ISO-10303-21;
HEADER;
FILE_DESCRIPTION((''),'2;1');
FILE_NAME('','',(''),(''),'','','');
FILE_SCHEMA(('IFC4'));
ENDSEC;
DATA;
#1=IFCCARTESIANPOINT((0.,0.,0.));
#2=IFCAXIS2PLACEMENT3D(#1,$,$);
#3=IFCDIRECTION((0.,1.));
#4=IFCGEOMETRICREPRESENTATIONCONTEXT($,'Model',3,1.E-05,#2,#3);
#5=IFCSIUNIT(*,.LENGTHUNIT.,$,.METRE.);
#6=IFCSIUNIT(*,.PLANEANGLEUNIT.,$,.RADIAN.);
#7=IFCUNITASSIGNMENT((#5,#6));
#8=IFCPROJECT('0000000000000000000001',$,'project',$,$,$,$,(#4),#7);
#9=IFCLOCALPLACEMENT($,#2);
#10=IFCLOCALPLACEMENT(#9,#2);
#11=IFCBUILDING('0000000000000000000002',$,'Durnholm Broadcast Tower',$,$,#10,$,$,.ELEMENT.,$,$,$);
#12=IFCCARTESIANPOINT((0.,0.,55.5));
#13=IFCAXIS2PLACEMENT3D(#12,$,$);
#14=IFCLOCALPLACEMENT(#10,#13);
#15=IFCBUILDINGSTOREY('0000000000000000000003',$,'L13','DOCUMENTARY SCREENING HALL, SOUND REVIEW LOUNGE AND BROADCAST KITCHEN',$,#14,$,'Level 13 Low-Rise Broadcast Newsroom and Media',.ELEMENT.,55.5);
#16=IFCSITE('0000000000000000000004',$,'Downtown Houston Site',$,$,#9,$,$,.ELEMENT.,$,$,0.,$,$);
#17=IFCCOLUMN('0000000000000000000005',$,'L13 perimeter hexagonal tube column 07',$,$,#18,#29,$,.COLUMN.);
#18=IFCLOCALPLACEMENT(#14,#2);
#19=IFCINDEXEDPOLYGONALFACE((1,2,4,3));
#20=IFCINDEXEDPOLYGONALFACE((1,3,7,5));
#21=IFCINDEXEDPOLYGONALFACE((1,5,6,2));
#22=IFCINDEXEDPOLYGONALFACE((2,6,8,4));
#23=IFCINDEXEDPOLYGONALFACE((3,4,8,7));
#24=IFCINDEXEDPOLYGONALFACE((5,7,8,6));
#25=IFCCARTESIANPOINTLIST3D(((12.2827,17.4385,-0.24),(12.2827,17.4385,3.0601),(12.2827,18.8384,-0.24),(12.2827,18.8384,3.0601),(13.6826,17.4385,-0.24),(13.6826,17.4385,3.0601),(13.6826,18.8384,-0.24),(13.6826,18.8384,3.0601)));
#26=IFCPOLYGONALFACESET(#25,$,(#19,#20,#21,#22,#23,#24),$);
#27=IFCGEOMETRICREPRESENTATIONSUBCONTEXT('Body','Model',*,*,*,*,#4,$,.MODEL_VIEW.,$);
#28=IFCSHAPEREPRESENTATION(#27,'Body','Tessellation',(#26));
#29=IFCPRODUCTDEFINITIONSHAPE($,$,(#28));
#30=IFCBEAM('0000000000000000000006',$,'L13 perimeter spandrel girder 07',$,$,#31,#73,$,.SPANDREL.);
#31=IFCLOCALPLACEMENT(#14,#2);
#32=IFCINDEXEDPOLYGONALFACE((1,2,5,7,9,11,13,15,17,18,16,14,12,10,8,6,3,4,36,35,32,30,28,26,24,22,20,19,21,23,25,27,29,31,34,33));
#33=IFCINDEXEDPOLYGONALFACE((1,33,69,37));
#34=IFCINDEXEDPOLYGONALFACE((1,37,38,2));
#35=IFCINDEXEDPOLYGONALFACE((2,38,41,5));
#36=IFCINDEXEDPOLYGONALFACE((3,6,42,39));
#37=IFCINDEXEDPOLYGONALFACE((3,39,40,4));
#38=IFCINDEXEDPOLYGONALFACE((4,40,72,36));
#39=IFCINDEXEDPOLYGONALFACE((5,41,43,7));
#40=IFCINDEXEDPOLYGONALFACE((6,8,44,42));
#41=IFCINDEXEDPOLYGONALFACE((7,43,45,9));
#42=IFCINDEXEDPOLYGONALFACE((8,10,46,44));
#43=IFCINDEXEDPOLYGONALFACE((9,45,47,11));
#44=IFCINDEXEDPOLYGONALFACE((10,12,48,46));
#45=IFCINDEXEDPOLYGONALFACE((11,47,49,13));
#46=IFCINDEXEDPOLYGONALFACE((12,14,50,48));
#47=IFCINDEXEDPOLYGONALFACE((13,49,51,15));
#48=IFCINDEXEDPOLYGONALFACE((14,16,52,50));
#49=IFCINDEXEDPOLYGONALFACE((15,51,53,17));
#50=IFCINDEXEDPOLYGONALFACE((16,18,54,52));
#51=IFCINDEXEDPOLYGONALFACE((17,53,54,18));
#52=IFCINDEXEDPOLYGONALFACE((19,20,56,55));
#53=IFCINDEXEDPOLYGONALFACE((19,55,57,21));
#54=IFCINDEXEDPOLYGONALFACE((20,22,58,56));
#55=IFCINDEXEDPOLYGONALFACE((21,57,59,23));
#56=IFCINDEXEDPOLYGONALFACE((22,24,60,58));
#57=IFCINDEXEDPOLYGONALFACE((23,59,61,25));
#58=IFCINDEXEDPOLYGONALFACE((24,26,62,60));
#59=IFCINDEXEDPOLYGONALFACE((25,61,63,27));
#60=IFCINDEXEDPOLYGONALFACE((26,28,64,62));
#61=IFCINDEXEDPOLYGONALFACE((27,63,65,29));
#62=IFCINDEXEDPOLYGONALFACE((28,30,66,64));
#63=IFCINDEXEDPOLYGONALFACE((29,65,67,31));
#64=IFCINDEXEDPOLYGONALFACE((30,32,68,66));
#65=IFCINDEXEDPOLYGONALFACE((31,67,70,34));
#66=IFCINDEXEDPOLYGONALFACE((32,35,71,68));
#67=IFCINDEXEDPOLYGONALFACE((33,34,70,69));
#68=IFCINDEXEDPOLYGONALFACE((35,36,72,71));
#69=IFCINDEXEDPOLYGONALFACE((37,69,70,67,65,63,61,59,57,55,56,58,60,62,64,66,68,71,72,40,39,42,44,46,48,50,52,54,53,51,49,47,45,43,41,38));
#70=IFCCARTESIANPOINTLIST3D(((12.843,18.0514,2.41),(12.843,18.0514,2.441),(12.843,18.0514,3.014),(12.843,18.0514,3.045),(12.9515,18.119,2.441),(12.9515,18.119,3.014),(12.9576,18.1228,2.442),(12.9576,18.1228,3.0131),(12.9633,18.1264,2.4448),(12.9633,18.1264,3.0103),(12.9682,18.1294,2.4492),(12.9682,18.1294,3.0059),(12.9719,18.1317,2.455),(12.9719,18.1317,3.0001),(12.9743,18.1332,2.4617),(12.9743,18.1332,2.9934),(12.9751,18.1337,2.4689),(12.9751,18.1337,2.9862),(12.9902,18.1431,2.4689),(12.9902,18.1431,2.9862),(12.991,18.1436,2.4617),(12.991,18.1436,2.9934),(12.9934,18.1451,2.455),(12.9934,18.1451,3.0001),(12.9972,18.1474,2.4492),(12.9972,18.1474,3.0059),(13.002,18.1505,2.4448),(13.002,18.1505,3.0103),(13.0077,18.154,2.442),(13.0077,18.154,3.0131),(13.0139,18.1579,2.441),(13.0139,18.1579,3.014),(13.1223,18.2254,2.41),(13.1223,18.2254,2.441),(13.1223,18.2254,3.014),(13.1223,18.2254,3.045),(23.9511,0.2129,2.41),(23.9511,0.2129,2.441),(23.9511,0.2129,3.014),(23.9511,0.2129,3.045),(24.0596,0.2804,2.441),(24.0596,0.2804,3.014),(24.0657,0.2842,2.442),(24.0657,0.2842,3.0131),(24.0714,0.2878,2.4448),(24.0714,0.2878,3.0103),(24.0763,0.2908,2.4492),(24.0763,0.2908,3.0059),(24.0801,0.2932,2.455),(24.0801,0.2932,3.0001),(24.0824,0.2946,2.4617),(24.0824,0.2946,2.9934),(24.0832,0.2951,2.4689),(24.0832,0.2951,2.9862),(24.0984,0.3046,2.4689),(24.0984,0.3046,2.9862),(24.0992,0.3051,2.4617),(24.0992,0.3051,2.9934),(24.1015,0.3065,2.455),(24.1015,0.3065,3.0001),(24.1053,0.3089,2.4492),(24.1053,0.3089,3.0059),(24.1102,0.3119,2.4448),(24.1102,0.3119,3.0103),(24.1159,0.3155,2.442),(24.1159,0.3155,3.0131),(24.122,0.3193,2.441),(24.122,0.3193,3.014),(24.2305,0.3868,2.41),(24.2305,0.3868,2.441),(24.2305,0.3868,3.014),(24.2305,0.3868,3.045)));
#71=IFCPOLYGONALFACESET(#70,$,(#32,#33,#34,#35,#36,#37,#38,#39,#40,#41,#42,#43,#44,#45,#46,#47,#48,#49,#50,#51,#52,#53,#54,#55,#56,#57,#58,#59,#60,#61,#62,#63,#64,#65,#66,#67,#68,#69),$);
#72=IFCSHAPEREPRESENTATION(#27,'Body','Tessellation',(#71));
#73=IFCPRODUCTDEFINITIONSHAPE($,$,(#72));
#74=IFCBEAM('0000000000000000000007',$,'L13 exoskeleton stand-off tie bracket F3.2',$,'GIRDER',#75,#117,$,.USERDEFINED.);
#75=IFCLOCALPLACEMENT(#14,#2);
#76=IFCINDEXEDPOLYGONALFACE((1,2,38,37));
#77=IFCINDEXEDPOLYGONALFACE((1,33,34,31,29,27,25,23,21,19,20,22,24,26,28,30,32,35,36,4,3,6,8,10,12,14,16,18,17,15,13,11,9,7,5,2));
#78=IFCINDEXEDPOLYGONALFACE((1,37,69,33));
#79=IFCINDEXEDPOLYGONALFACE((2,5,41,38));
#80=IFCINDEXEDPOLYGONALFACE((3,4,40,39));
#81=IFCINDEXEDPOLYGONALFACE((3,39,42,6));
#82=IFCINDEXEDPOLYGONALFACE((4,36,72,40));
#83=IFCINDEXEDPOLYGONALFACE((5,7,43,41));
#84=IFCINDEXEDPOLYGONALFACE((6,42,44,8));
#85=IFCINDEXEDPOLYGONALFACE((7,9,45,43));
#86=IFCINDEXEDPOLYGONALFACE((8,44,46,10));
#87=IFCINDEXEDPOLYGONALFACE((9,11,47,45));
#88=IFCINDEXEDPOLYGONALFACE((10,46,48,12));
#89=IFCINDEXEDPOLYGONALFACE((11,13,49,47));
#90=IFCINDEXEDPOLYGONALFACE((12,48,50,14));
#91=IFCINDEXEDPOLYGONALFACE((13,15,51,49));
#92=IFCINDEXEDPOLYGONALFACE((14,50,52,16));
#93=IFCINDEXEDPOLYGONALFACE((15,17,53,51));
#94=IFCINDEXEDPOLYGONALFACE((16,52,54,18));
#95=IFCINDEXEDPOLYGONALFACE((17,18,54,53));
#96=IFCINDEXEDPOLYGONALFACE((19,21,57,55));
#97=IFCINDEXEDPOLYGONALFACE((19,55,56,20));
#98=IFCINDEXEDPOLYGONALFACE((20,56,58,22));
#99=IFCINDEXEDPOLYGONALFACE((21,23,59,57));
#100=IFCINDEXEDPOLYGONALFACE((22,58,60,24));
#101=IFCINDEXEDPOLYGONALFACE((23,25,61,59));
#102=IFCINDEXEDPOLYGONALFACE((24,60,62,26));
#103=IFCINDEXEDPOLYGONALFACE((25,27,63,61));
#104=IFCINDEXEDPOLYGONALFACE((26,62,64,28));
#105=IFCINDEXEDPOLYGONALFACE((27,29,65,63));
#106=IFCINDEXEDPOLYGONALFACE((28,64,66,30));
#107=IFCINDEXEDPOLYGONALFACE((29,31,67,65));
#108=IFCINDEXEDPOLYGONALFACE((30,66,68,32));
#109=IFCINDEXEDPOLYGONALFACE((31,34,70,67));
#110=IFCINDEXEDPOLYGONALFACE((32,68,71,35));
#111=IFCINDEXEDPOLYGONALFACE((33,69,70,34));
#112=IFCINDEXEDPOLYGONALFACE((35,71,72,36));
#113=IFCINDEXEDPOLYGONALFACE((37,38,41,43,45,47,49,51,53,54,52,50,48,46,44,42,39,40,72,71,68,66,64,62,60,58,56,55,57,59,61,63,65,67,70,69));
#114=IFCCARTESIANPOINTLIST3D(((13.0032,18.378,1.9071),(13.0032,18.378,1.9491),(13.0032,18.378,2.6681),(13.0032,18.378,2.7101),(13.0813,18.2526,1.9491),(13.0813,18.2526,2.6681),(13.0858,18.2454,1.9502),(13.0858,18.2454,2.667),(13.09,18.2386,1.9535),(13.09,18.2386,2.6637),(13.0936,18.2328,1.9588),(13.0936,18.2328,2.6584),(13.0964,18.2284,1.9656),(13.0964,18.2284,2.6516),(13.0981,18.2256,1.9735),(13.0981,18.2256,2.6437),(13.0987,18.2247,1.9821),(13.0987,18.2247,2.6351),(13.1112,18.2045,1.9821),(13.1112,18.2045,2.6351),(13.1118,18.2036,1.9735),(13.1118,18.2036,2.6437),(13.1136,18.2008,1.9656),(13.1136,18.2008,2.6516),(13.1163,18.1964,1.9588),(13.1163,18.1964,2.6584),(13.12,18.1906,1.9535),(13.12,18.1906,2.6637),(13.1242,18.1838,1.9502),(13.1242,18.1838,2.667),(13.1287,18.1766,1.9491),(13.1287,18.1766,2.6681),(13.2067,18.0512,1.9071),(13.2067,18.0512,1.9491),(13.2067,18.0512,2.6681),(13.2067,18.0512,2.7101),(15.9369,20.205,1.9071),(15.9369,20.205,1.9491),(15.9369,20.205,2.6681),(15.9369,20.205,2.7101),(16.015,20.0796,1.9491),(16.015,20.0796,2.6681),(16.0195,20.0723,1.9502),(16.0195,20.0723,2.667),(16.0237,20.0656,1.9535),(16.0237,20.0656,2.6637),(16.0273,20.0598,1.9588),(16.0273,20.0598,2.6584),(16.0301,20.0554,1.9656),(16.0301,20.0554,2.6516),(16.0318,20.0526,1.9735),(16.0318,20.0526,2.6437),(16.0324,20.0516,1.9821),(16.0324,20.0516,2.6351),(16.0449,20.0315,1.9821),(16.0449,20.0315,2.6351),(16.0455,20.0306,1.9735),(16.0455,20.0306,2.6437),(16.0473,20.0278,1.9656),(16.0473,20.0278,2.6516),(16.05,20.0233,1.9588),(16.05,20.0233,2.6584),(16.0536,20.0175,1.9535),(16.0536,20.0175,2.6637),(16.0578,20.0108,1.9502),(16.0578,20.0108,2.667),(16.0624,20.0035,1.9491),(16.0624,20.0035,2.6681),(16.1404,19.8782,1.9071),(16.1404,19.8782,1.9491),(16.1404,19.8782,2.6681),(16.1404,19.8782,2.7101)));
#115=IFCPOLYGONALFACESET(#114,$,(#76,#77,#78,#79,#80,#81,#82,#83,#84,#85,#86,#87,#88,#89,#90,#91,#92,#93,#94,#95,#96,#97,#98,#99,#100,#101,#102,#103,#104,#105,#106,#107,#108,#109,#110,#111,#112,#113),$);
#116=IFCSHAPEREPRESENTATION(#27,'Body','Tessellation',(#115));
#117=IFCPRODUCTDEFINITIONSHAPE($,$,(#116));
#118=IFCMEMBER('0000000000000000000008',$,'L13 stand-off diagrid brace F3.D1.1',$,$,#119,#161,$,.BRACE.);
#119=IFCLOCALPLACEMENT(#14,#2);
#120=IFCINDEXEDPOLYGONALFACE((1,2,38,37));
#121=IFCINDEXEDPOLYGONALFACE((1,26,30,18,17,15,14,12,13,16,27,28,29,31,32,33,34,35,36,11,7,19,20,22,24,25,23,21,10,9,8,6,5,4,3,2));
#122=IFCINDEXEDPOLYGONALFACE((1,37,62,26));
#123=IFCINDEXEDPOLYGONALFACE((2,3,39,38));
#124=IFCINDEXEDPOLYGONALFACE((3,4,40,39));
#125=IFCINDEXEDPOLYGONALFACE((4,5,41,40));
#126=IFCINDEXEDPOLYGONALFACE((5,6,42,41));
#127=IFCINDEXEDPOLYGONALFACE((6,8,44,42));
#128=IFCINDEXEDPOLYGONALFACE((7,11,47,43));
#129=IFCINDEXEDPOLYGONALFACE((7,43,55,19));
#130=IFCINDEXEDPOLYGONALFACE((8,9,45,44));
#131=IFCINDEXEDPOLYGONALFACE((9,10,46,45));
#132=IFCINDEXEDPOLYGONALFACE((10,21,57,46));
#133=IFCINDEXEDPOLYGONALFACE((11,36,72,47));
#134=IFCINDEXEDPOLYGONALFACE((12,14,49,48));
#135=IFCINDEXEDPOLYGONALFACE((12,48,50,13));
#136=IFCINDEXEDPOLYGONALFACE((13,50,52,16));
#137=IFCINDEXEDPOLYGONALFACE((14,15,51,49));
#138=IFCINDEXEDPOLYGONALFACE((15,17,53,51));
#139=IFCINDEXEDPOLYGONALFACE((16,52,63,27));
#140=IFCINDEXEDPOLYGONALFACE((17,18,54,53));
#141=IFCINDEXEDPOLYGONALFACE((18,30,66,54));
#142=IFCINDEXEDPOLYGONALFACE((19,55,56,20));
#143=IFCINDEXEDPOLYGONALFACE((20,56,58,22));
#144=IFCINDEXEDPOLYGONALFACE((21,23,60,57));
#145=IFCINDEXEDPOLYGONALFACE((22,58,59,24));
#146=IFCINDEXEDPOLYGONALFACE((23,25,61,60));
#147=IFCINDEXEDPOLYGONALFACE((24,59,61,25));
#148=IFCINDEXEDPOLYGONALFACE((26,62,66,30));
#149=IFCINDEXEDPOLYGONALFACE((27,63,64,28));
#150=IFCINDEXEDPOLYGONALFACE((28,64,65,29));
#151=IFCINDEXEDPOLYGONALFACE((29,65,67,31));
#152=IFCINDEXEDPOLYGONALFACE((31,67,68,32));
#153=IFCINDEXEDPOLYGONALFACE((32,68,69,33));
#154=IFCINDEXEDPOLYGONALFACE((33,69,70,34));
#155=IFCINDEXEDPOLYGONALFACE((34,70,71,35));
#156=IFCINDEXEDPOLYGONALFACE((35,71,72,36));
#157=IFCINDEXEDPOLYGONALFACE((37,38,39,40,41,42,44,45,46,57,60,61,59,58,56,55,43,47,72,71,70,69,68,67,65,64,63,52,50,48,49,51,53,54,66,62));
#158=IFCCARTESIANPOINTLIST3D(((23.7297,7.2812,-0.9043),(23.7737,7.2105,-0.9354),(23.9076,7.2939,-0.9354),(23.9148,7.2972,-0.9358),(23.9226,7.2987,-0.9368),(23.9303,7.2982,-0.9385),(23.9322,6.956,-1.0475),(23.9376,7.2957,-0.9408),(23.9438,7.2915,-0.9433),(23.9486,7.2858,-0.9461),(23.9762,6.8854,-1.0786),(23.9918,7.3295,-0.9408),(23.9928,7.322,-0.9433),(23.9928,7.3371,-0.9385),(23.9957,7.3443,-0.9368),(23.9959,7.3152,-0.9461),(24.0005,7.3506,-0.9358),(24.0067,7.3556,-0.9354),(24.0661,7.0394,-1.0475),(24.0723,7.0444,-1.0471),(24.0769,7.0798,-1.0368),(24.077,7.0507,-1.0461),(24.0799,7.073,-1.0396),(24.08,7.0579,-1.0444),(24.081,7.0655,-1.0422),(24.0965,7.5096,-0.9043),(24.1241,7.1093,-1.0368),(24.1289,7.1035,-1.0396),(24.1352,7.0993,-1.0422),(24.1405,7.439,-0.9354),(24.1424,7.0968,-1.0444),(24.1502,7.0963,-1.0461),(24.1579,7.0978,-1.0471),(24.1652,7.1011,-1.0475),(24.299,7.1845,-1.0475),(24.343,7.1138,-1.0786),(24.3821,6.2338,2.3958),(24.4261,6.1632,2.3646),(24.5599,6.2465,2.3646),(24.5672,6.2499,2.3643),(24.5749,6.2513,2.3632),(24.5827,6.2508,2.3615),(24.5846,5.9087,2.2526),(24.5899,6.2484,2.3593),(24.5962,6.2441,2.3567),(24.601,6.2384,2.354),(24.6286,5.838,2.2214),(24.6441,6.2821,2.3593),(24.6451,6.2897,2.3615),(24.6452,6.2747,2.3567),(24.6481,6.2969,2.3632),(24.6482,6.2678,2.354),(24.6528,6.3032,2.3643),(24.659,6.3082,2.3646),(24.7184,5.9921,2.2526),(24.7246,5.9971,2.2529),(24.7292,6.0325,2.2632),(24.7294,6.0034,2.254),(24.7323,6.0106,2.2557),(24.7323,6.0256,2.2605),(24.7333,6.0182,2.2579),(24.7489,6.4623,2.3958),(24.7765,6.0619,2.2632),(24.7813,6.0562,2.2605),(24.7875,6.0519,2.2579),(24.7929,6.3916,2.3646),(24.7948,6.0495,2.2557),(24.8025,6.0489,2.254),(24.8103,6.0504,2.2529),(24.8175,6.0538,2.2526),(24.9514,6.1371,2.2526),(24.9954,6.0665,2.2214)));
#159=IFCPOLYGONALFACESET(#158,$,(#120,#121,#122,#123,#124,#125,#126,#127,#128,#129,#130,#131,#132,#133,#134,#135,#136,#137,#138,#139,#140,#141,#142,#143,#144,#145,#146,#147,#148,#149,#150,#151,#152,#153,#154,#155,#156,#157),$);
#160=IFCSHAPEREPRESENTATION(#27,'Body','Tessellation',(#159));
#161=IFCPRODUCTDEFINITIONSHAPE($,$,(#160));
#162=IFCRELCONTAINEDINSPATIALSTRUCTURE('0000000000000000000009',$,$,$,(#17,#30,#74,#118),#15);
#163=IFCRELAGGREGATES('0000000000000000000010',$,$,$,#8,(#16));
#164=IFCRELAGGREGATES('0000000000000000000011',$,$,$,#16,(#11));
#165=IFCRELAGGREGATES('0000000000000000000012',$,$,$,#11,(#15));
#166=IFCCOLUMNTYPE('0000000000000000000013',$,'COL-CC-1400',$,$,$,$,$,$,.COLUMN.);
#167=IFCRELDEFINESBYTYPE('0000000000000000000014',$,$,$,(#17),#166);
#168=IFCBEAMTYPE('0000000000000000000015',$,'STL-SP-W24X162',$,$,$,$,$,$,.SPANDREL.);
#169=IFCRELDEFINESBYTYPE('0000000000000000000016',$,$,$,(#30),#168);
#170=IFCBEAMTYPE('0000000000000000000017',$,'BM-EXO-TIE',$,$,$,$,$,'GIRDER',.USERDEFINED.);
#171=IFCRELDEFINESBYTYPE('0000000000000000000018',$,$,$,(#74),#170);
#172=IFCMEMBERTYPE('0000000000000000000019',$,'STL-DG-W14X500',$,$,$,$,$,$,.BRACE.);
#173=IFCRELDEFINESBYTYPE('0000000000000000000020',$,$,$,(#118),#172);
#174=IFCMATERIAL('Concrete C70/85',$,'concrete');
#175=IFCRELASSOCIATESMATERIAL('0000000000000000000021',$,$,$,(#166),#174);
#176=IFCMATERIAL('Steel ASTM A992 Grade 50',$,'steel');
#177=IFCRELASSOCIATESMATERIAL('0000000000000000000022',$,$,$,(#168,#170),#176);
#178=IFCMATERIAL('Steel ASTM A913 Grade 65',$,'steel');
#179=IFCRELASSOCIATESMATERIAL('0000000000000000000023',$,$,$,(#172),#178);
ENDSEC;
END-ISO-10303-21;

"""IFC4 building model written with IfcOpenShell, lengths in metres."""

from ifc_helpers import new_model, si_unit, direction, frame, origin, origin_2d, place, context, subcontext, project, spatial, rectangle, i_section, extrude, source, transform, mapped, material, material_profile, profile_set, type_object, type_shapes, element, save


model = new_model("IFC4")

# Units and contexts
model_context = context("Model", 3, precision=1e-05, world=origin(), true_north=direction((0.0, 1.0)))
body_context = subcontext(model_context, "Body", "Model", "MODEL_VIEW")
ifc_project = project(units=[si_unit("LENGTHUNIT", "METRE"), si_unit("PLANEANGLEUNIT", "RADIAN")], contexts=[model_context])

# Site, building, storey
site_placement = place(None, origin())
site = spatial("IfcSite", under=ifc_project, at=site_placement, Name="Downtown Houston Site", CompositionType="ELEMENT", RefElevation=0.0)
building_placement = place(site_placement, origin())
building = spatial("IfcBuilding", under=site, at=building_placement, Name="Durnholm Broadcast Tower", CompositionType="ELEMENT")
storey_placement = place(building_placement, frame((0.0, 0.0, 55.5)))
storey = spatial("IfcBuildingStorey", under=building, at=storey_placement, Name="L13", Description="DOCUMENTARY SCREENING HALL, SOUND REVIEW LOUNGE AND BROADCAST KITCHEN", LongName="Level 13 Low-Rise Broadcast Newsroom and Media", CompositionType="ELEMENT", Elevation=55.5)

# Column
ifc_material_1 = material(Name="Concrete C70/85", Category="concrete")
ifc_material_profile_1 = material_profile(ifc_material_1, rectangle(XDim=1.3999, YDim=1.3999, at=origin_2d()), Name="RC1400X1400")
ifc_profile_set_1 = profile_set([ifc_material_profile_1], Name="Concrete C70/85")
column_type = type_object("IfcColumnType", Name="COL-CC-1400", PredefinedType="COLUMN", material=ifc_profile_set_1)
shared_shape_1 = source(origin(), body_context, "Body", "SweptSolid", [
    extrude(rectangle(XDim=1.3999, YDim=1.3999, at=origin_2d()), origin(), (0.0, 0.0, 1.0), 3.3),
])
type_shapes(column_type, [shared_shape_1])
column_placement = place(storey_placement, frame((12.9827, 18.1384, -0.24), z_axis=(0.0, 0.0, 1.0), x_axis=(1.0, 0.0, 0.0)))
element("IfcColumn", 1, at=column_placement, inside=storey, type_object=column_type, Name="L13 perimeter hexagonal tube column 07", PredefinedType="COLUMN", context=body_context, shape_type="MappedRepresentation", body=[
    mapped(shared_shape_1, transform((0.0, 0.0, 0.0), x_axis=(1.0, 0.0, 0.0), y_axis=(0.0, 1.0, 0.0), z_axis=(0.0, 0.0, 1.0), scale=1.0)),
])

# Beams
ifc_material_2 = material(Name="Steel ASTM A992 Grade 50", Category="steel")
ifc_material_profile_2 = material_profile(ifc_material_2, i_section(OverallWidth=0.3291, OverallDepth=0.635, WebThickness=0.0178, FlangeThickness=0.031, FilletRadius=0.0278, at=origin_2d()), Name="W24X162")
ifc_profile_set_2 = profile_set([ifc_material_profile_2], Name="Steel ASTM A992 Grade 50")
beam_type_1 = type_object("IfcBeamType", Name="STL-SP-W24X162", PredefinedType="SPANDREL", material=ifc_profile_set_2)
shared_shape_2 = source(origin(), body_context, "Body", "SweptSolid", [
    extrude(i_section(OverallWidth=0.3291, OverallDepth=0.635, WebThickness=0.0178, FlangeThickness=0.031, FilletRadius=0.0278, at=origin_2d()), origin(), (0.0, 0.0, 1.0), 21.0144),
])
type_shapes(beam_type_1, [shared_shape_2])
beam_1_placement = place(storey_placement, frame((12.9827, 18.1384, 2.7275), z_axis=(0.528596, -0.848874, 0.0), x_axis=(0.848874, 0.528596, 0.0)))
element("IfcBeam", 2, at=beam_1_placement, inside=storey, type_object=beam_type_1, Name="L13 perimeter spandrel girder 07", PredefinedType="SPANDREL", context=body_context, shape_type="MappedRepresentation", body=[
    mapped(shared_shape_2, transform((0.0, 0.0, 0.0), x_axis=(1.0, 0.0, 0.0), y_axis=(0.0, 1.0, 0.0), z_axis=(0.0, 0.0, 1.0), scale=1.0)),
])
ifc_material_profile_3 = material_profile(ifc_material_2, i_section(OverallWidth=0.385, OverallDepth=0.803, WebThickness=0.0237, FlangeThickness=0.042, FilletRadius=0.033, at=origin_2d()), Name="W30X261")
ifc_profile_set_3 = profile_set([ifc_material_profile_3], Name="Steel ASTM A992 Grade 50")
beam_type_2 = type_object("IfcBeamType", Name="BM-EXO-TIE", ElementType="GIRDER", PredefinedType="USERDEFINED", material=ifc_profile_set_3)
shared_shape_3 = source(origin(), body_context, "Body", "SweptSolid", [
    extrude(i_section(OverallWidth=0.385, OverallDepth=0.803, WebThickness=0.0237, FlangeThickness=0.042, FilletRadius=0.033, at=origin_2d()), origin(), (0.0, 0.0, 1.0), 3.4561),
])
type_shapes(beam_type_2, [shared_shape_3])
beam_2_placement = place(storey_placement, frame((13.105, 18.2146, 2.3086), z_axis=(0.848854, 0.528627, 0.0), x_axis=(-0.528627, 0.848854, 0.0)))
element("IfcBeam", 3, at=beam_2_placement, inside=storey, type_object=beam_type_2, Name="L13 exoskeleton stand-off tie bracket F3.2", ObjectType="GIRDER", PredefinedType="USERDEFINED", context=body_context, shape_type="MappedRepresentation", body=[
    mapped(shared_shape_3, transform((0.0, 0.0, 0.0), x_axis=(1.0, 0.0, 0.0), y_axis=(0.0, 1.0, 0.0), z_axis=(0.0, 0.0, 1.0), scale=1.0)),
])

# Member
ifc_material_3 = material(Name="Steel ASTM A913 Grade 65", Category="steel")
ifc_material_profile_4 = material_profile(ifc_material_3, i_section(OverallWidth=0.4321, OverallDepth=0.4978, WebThickness=0.0557, FlangeThickness=0.0889, FilletRadius=0.0305, at=origin_2d()), Name="W14X500")
ifc_profile_set_4 = profile_set([ifc_material_profile_4], Name="Steel ASTM A913 Grade 65")
member_type_1 = type_object("IfcMemberType", Name="STL-DG-W14X500", PredefinedType="BRACE", material=ifc_profile_set_4)
shared_shape_4 = source(origin(), body_context, "Body", "SweptSolid", [
    extrude(i_section(OverallWidth=0.4321, OverallDepth=0.4978, WebThickness=0.0557, FlangeThickness=0.0889, FilletRadius=0.0305, at=origin_2d()), origin(), (0.0, 0.0, 1.0), 3.5232),
])
type_shapes(member_type_1, [shared_shape_4])
for number, where, z_axis, x_axis, name in (
    (4, (24.0364, 7.1975, -0.9915), (0.185157, -0.297277, 0.936666), (0.84882, 0.528682, 0.0), "L13 stand-off diagrid brace F3.D1.1"),
):
    element("IfcMember", number, at=place(storey_placement, frame(where, z_axis=z_axis, x_axis=x_axis)), inside=storey, type_object=member_type_1, Name=name, PredefinedType="BRACE", context=body_context, shape_type="MappedRepresentation", body=[
        mapped(shared_shape_4, transform((0.0, 0.0, 0.0), x_axis=(1.0, 0.0, 0.0), y_axis=(0.0, 1.0, 0.0), z_axis=(0.0, 0.0, 1.0), scale=1.0)),
    ])

save(model, "model.ifc")
